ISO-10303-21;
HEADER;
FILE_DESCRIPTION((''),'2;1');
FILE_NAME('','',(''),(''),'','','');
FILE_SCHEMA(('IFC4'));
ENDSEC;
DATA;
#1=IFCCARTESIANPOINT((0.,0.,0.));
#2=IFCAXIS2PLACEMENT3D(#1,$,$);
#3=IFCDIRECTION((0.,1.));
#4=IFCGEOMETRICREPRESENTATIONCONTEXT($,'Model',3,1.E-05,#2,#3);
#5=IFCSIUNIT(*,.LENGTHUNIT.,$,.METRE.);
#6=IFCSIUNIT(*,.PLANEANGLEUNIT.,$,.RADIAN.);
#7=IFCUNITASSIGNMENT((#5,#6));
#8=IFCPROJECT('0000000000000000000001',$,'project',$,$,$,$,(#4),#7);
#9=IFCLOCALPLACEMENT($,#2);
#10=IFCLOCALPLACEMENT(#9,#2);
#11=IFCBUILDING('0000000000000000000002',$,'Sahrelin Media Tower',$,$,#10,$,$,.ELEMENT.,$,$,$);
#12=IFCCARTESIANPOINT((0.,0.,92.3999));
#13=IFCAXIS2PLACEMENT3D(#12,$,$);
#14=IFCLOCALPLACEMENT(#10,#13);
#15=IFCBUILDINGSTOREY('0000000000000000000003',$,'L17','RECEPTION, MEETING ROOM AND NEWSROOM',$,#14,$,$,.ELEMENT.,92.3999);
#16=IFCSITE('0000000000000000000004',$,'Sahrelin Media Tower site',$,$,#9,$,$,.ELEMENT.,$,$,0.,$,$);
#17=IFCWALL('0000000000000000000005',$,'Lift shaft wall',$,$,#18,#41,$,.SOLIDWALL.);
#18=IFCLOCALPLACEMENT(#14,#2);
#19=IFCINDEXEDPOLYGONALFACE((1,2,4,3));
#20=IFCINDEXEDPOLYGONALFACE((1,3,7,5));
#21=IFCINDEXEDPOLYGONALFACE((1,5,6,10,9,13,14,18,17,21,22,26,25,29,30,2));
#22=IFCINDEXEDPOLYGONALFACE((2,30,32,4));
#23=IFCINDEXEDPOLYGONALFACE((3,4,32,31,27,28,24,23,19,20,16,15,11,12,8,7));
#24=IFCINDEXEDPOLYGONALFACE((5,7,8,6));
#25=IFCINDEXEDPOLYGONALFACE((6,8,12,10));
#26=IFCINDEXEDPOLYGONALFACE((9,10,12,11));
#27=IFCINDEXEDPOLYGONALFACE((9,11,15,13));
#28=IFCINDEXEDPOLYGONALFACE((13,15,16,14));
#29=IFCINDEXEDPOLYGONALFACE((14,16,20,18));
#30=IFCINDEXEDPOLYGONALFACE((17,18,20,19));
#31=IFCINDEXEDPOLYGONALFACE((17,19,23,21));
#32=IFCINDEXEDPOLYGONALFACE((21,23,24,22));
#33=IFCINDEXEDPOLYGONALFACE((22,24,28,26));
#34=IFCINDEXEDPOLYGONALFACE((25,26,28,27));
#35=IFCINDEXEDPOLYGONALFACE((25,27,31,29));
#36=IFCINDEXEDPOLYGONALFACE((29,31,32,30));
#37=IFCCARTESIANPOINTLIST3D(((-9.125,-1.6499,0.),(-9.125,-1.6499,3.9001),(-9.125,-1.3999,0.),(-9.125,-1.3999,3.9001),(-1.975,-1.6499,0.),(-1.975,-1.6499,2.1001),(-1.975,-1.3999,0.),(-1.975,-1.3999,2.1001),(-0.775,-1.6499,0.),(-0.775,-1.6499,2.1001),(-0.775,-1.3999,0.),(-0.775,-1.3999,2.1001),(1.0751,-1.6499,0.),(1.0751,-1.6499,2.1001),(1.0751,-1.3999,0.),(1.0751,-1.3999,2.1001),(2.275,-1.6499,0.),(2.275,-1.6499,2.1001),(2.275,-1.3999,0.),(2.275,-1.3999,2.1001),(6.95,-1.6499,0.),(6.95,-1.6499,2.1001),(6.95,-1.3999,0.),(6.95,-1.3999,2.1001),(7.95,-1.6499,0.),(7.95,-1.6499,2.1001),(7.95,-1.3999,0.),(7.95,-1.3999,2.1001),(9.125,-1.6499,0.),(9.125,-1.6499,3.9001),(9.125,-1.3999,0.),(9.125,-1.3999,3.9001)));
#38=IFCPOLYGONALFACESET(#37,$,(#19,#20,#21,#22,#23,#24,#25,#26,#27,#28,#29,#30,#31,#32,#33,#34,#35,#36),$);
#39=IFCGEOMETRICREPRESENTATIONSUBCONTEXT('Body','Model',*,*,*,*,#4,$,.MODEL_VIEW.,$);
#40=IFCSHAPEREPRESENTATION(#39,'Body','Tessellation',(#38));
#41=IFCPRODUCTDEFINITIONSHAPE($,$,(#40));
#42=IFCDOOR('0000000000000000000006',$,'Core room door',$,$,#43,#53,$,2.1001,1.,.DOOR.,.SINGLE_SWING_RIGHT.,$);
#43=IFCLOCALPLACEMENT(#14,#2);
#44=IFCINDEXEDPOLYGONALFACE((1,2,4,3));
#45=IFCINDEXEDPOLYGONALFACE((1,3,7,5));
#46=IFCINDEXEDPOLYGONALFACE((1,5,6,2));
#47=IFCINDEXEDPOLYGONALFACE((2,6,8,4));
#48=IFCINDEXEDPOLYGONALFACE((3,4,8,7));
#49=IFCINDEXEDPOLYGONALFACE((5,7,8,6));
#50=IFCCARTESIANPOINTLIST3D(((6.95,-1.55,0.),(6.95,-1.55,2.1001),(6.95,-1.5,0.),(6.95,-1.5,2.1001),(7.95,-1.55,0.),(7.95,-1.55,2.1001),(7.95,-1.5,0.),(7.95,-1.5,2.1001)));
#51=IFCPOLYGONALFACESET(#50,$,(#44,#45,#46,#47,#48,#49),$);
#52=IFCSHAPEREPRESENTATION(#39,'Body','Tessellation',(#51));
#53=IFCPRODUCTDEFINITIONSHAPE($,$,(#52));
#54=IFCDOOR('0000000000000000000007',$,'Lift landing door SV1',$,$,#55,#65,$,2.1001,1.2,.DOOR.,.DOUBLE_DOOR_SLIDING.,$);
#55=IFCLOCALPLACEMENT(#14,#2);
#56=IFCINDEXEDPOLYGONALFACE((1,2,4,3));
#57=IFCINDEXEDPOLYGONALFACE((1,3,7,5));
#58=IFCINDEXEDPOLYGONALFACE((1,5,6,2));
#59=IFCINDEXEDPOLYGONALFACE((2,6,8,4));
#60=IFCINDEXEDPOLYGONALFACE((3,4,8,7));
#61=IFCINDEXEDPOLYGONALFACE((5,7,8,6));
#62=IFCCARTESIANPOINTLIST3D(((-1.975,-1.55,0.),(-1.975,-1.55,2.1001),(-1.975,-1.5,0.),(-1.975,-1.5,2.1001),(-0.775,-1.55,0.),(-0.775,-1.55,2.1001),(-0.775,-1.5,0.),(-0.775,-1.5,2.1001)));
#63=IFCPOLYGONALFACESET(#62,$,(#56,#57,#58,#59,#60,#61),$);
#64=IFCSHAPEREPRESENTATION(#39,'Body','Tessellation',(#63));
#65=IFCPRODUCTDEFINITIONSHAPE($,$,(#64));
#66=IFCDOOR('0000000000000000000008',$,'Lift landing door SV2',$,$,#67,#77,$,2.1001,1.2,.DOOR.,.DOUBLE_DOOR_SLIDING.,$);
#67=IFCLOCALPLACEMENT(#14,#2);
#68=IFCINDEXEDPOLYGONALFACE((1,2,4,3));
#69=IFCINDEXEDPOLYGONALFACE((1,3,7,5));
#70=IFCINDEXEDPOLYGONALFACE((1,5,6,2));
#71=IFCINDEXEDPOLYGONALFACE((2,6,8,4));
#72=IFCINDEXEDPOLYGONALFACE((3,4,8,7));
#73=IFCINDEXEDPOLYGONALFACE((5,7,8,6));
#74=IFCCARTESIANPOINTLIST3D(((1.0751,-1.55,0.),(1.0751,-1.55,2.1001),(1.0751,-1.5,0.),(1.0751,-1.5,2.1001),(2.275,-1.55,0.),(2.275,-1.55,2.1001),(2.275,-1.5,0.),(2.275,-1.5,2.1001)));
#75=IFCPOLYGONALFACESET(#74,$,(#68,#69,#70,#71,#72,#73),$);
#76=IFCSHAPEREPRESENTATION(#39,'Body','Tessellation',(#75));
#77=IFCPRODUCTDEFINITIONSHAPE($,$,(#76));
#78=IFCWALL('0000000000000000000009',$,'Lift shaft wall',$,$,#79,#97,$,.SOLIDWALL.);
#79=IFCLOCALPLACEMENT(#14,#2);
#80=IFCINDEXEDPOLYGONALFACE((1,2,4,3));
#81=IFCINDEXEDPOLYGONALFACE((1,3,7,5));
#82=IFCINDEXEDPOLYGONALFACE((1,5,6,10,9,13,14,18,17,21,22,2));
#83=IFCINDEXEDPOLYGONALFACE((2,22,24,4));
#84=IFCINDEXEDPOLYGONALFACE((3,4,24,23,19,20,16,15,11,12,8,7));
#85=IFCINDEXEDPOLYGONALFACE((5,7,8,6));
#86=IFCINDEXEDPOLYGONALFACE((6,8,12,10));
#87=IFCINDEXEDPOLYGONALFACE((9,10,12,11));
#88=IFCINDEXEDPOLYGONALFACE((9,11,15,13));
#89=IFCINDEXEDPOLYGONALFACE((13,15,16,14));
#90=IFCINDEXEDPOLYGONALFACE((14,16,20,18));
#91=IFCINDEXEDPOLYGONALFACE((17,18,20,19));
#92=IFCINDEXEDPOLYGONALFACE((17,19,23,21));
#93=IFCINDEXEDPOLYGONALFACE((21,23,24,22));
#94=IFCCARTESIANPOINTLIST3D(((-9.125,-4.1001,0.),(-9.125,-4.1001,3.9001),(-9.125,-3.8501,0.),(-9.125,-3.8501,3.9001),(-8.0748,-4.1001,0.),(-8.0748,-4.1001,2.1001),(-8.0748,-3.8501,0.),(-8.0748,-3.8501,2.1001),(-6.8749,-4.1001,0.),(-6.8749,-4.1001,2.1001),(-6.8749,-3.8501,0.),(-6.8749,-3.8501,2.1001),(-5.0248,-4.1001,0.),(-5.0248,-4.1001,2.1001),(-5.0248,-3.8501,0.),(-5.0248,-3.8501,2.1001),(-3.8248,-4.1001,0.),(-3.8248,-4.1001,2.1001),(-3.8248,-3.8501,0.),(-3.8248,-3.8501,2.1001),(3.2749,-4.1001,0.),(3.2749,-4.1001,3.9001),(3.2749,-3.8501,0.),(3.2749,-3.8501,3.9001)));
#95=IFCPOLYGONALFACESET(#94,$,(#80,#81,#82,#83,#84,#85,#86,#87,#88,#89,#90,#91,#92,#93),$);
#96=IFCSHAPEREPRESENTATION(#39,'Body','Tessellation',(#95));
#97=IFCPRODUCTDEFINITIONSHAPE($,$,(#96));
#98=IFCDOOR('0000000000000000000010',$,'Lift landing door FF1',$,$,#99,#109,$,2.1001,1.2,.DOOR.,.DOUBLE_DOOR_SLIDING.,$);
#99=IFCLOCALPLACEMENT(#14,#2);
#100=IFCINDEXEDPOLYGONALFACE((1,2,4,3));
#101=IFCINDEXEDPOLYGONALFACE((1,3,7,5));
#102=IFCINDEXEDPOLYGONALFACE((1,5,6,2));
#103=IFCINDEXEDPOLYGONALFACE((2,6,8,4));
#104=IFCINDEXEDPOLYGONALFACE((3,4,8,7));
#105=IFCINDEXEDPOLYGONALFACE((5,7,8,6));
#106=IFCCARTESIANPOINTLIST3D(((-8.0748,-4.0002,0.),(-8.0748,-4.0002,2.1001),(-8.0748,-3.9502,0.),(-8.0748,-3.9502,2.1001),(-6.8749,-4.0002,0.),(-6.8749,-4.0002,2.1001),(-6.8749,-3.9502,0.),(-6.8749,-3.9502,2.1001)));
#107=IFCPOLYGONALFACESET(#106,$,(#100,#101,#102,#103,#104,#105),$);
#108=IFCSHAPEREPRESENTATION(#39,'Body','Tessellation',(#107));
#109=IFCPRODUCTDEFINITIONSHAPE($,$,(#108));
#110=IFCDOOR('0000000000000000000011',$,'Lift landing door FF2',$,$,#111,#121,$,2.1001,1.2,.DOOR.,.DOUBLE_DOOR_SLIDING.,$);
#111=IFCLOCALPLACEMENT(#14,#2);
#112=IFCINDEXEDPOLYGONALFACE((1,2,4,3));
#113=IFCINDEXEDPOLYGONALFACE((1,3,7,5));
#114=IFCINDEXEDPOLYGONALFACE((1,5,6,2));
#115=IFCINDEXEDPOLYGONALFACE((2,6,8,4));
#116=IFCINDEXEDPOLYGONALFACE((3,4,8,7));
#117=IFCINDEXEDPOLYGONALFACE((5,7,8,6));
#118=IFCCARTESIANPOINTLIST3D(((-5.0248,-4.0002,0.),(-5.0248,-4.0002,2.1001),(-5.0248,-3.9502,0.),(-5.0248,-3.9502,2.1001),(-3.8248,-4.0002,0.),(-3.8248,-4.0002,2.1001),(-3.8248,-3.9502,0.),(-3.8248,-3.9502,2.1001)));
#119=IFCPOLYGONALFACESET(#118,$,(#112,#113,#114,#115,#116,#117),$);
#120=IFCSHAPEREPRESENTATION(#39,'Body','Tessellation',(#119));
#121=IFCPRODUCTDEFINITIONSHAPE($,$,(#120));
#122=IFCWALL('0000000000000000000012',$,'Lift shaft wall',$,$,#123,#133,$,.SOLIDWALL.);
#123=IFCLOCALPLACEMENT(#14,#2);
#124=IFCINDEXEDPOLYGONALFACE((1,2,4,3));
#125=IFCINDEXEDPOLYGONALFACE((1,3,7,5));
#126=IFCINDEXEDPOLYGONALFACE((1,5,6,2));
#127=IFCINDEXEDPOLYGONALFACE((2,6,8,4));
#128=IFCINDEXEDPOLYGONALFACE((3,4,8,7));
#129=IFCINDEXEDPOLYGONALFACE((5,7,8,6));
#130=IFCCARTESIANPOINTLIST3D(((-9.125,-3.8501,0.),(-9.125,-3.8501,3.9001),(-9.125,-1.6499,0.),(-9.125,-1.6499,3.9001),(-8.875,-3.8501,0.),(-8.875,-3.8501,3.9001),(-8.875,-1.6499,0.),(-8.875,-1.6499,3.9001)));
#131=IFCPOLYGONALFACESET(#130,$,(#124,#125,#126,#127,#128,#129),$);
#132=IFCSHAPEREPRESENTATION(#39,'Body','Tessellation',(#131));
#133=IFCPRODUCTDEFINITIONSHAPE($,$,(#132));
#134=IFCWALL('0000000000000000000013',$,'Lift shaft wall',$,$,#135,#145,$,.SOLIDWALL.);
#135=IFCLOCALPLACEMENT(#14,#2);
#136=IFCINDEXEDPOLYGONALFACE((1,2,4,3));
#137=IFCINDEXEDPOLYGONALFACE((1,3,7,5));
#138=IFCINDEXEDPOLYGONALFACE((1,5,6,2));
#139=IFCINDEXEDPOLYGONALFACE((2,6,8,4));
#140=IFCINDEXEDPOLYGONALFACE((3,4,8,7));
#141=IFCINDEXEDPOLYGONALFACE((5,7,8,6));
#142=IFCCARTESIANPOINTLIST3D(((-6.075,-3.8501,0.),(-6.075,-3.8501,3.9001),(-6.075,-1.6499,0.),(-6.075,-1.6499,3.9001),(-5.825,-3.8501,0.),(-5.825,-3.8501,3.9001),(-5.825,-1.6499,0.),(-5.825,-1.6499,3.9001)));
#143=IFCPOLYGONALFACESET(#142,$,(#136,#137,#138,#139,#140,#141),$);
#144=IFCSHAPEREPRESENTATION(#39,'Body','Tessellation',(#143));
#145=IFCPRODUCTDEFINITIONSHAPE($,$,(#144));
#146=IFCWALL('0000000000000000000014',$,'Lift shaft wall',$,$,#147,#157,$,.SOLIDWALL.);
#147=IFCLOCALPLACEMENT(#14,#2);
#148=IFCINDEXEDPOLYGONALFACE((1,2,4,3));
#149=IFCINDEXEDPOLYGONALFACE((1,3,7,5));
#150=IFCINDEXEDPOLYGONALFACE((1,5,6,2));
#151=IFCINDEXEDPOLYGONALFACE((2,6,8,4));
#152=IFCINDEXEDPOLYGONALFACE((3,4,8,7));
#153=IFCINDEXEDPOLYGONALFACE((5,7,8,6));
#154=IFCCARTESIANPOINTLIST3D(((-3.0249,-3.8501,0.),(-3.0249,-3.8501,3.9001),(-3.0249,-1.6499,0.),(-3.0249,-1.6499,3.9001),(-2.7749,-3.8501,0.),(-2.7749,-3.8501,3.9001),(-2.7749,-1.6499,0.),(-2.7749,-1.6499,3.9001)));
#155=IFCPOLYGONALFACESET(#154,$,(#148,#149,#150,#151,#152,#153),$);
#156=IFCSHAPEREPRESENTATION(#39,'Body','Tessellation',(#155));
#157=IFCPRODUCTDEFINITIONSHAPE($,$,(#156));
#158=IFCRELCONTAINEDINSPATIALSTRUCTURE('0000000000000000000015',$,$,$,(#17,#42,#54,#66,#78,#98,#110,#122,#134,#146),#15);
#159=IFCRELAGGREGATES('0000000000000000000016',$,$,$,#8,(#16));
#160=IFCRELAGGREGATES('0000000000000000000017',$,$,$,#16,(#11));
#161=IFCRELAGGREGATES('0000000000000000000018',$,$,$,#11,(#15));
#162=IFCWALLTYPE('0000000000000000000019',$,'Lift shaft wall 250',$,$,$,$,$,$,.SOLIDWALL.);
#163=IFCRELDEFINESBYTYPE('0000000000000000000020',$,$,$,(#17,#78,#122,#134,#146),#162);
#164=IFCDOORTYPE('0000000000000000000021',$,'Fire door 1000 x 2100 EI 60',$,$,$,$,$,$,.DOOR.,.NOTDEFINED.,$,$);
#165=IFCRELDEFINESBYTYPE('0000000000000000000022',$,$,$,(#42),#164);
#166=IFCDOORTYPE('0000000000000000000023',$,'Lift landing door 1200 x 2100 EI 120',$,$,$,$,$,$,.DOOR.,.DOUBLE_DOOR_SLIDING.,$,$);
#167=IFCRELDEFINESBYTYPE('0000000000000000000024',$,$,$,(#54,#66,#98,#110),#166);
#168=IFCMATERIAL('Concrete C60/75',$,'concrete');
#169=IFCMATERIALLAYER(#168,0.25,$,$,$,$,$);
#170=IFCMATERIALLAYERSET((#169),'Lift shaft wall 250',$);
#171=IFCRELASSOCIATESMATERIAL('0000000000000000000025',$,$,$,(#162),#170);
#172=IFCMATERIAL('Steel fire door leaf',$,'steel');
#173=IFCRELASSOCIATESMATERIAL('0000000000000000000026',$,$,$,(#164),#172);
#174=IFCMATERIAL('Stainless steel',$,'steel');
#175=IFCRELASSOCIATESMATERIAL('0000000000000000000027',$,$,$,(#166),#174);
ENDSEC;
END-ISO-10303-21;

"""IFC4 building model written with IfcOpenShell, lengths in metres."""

from ifc_helpers import new_model, si_unit, direction, frame, frame_2d, origin, place, context, subcontext, project, spatial, rectangle, extrude, material, layer, layer_set, type_object, element, fill, save


model = new_model("IFC4")

# Units and contexts
model_context = context("Model", 3, precision=1e-05, world=origin(), true_north=direction((0.0, 1.0)))
body_context = subcontext(model_context, "Body", "Model", "MODEL_VIEW")
ifc_project = project(units=[si_unit("LENGTHUNIT", "METRE"), si_unit("PLANEANGLEUNIT", "RADIAN")], contexts=[model_context])

# Site, building, storey
site_placement = place(None, origin())
site = spatial("IfcSite", under=ifc_project, at=site_placement, Name="Sahrelin Media Tower site", CompositionType="ELEMENT", RefElevation=0.0)
building_placement = place(site_placement, origin())
building = spatial("IfcBuilding", under=site, at=building_placement, Name="Sahrelin Media Tower", CompositionType="ELEMENT")
storey_placement = place(building_placement, frame((0.0, 0.0, 92.3999)))
storey = spatial("IfcBuildingStorey", under=building, at=storey_placement, Name="L17", Description="RECEPTION, MEETING ROOM AND NEWSROOM", CompositionType="ELEMENT", Elevation=92.3999)

# Shared definitions
ifc_material_1 = material(Name="Steel fire door leaf", Category="steel")

# Walls, openings, doors
ifc_material_2 = material(Name="Concrete C60/75", Category="concrete")
ifc_layer_1 = layer(ifc_material_2, 0.25)
ifc_layer_set_1 = layer_set([ifc_layer_1], Name="Lift shaft wall 250")
wall_type_1 = type_object("IfcWallType", Name="Lift shaft wall 250", PredefinedType="SOLIDWALL", material=ifc_layer_set_1)
wall_1_placement = place(storey_placement, frame((-9.125, -1.5249, 0.0), z_axis=(0.0, 0.0, 1.0), x_axis=(1.0, 0.0, 0.0)))
wall_1 = element("IfcWall", 1, at=wall_1_placement, inside=storey, type_object=wall_type_1, Name="Lift shaft wall", PredefinedType="SOLIDWALL", context=body_context, shape_type="SweptSolid", body=[
    extrude(rectangle(XDim=18.25, YDim=0.25, at=frame_2d((9.125, 0.0))), origin(), (0.0, 0.0, 1.0), 3.9001),
])
opening_1_placement = place(wall_1_placement, frame((7.1499, 0.0, 0.0)))
opening_1 = element("IfcOpeningElement", 2, at=opening_1_placement, cuts=wall_1, PredefinedType="OPENING", context=body_context, shape_type="SweptSolid", body=[
    extrude(rectangle(XDim=1.2, YDim=2.1001, at=frame_2d((0.6001, 1.05))), frame((0.0, 0.125, 0.0), z_axis=(0.0, -1.0, 0.0), x_axis=(1.0, 0.0, 0.0)), (0.0, 0.0, 1.0), 0.25),
])
opening_2_placement = place(wall_1_placement, frame((10.2, 0.0, 0.0)))
opening_2 = element("IfcOpeningElement", 3, at=opening_2_placement, cuts=wall_1, PredefinedType="OPENING", context=body_context, shape_type="SweptSolid", body=[
    extrude(rectangle(XDim=1.2, YDim=2.1001, at=frame_2d((0.6001, 1.05))), frame((0.0, 0.125, 0.0), z_axis=(0.0, -1.0, 0.0), x_axis=(1.0, 0.0, 0.0)), (0.0, 0.0, 1.0), 0.25),
])
opening_3_placement = place(wall_1_placement, frame((16.075, 0.0, 0.0)))
opening_3 = element("IfcOpeningElement", 4, at=opening_3_placement, cuts=wall_1, PredefinedType="OPENING", context=body_context, shape_type="SweptSolid", body=[
    extrude(rectangle(XDim=1.0, YDim=2.1001, at=frame_2d((0.5, 1.05))), frame((0.0, 0.125, 0.0), z_axis=(0.0, -1.0, 0.0), x_axis=(1.0, 0.0, 0.0)), (0.0, 0.0, 1.0), 0.25),
])
door_type_1 = type_object("IfcDoorType", Name="Fire door 1000 x 2100 EI 60", OperationType="NOTDEFINED", PredefinedType="DOOR", material=ifc_material_1)
door_1_placement = place(opening_3_placement, origin())
door_1 = element("IfcDoor", 5, at=door_1_placement, inside=storey, type_object=door_type_1, Name="Core room door", OperationType="SINGLE_SWING_RIGHT", OverallHeight=2.1001, OverallWidth=1.0, PredefinedType="DOOR", context=body_context, shape_type="SweptSolid", body=[
    extrude(rectangle(XDim=1.0, YDim=2.1001, at=frame_2d((0.5, 1.05))), frame((0.0, 0.0249, 0.0), z_axis=(0.0, -1.0, 0.0), x_axis=(1.0, 0.0, 0.0)), (0.0, 0.0, 1.0), 0.05),
])
fill(opening_3, door_1)
ifc_material_3 = material(Name="Stainless steel", Category="steel")
door_type_2 = type_object("IfcDoorType", Name="Lift landing door 1200 x 2100 EI 120", OperationType="DOUBLE_DOOR_SLIDING", PredefinedType="DOOR", material=ifc_material_3)
door_2_placement = place(opening_1_placement, origin())
door_2 = element("IfcDoor", 6, at=door_2_placement, inside=storey, type_object=door_type_2, Name="Lift landing door SV1", OperationType="DOUBLE_DOOR_SLIDING", OverallHeight=2.1001, OverallWidth=1.2, PredefinedType="DOOR", context=body_context, shape_type="SweptSolid", body=[
    extrude(rectangle(XDim=1.2, YDim=2.1001, at=frame_2d((0.6001, 1.05))), frame((0.0, 0.0249, 0.0), z_axis=(0.0, -1.0, 0.0), x_axis=(1.0, 0.0, 0.0)), (0.0, 0.0, 1.0), 0.05),
])
fill(opening_1, door_2)
door_3_placement = place(opening_2_placement, origin())
door_3 = element("IfcDoor", 7, at=door_3_placement, inside=storey, type_object=door_type_2, Name="Lift landing door SV2", OperationType="DOUBLE_DOOR_SLIDING", OverallHeight=2.1001, OverallWidth=1.2, PredefinedType="DOOR", context=body_context, shape_type="SweptSolid", body=[
    extrude(rectangle(XDim=1.2, YDim=2.1001, at=frame_2d((0.6001, 1.05))), frame((0.0, 0.0249, 0.0), z_axis=(0.0, -1.0, 0.0), x_axis=(1.0, 0.0, 0.0)), (0.0, 0.0, 1.0), 0.05),
])
fill(opening_2, door_3)
wall_2_placement = place(storey_placement, frame((-9.125, -3.9751, 0.0), z_axis=(0.0, 0.0, 1.0), x_axis=(1.0, 0.0, 0.0)))
wall_2 = element("IfcWall", 8, at=wall_2_placement, inside=storey, type_object=wall_type_1, Name="Lift shaft wall", PredefinedType="SOLIDWALL", context=body_context, shape_type="SweptSolid", body=[
    extrude(rectangle(XDim=12.3999, YDim=0.25, at=frame_2d((6.2, 0.0))), origin(), (0.0, 0.0, 1.0), 3.9001),
])
opening_4_placement = place(wall_2_placement, frame((1.05, 0.0, 0.0)))
opening_4 = element("IfcOpeningElement", 9, at=opening_4_placement, cuts=wall_2, PredefinedType="OPENING", context=body_context, shape_type="SweptSolid", body=[
    extrude(rectangle(XDim=1.2, YDim=2.1001, at=frame_2d((0.6001, 1.05))), frame((0.0, 0.125, 0.0), z_axis=(0.0, -1.0, 0.0), x_axis=(1.0, 0.0, 0.0)), (0.0, 0.0, 1.0), 0.25),
])
opening_5_placement = place(wall_2_placement, frame((4.1001, 0.0, 0.0)))
opening_5 = element("IfcOpeningElement", 10, at=opening_5_placement, cuts=wall_2, PredefinedType="OPENING", context=body_context, shape_type="SweptSolid", body=[
    extrude(rectangle(XDim=1.2, YDim=2.1001, at=frame_2d((0.6001, 1.05))), frame((0.0, 0.125, 0.0), z_axis=(0.0, -1.0, 0.0), x_axis=(1.0, 0.0, 0.0)), (0.0, 0.0, 1.0), 0.25),
])
door_4_placement = place(opening_4_placement, origin())
door_4 = element("IfcDoor", 11, at=door_4_placement, inside=storey, type_object=door_type_2, Name="Lift landing door FF1", OperationType="DOUBLE_DOOR_SLIDING", OverallHeight=2.1001, OverallWidth=1.2, PredefinedType="DOOR", context=body_context, shape_type="SweptSolid", body=[
    extrude(rectangle(XDim=1.2, YDim=2.1001, at=frame_2d((0.6001, 1.05))), frame((0.0, 0.0249, 0.0), z_axis=(0.0, -1.0, 0.0), x_axis=(1.0, 0.0, 0.0)), (0.0, 0.0, 1.0), 0.05),
])
fill(opening_4, door_4)
door_5_placement = place(opening_5_placement, origin())
door_5 = element("IfcDoor", 12, at=door_5_placement, inside=storey, type_object=door_type_2, Name="Lift landing door FF2", OperationType="DOUBLE_DOOR_SLIDING", OverallHeight=2.1001, OverallWidth=1.2, PredefinedType="DOOR", context=body_context, shape_type="SweptSolid", body=[
    extrude(rectangle(XDim=1.2, YDim=2.1001, at=frame_2d((0.6001, 1.05))), frame((0.0, 0.0249, 0.0), z_axis=(0.0, -1.0, 0.0), x_axis=(1.0, 0.0, 0.0)), (0.0, 0.0, 1.0), 0.05),
])
fill(opening_5, door_5)

# Walls
for number, where, z_axis, x_axis, name in (
    (13, (-9.0, -3.8501, 0.0), (0.0, 0.0, 1.0), (0.0, 1.0, 0.0), "Lift shaft wall"),
    (14, (-5.95, -3.8501, 0.0), (0.0, 0.0, 1.0), (0.0, 1.0, 0.0), "Lift shaft wall"),
    (15, (-2.8999, -3.8501, 0.0), (0.0, 0.0, 1.0), (0.0, 1.0, 0.0), "Lift shaft wall"),
):
    element("IfcWall", number, at=place(storey_placement, frame(where, z_axis=z_axis, x_axis=x_axis)), inside=storey, type_object=wall_type_1, Name=name, PredefinedType="SOLIDWALL", context=body_context, shape_type="SweptSolid", body=[
        extrude(rectangle(XDim=2.2002, YDim=0.25, at=frame_2d((1.1001, 0.0))), origin(), (0.0, 0.0, 1.0), 3.9001),
    ])

save(model, "model.ifc")
